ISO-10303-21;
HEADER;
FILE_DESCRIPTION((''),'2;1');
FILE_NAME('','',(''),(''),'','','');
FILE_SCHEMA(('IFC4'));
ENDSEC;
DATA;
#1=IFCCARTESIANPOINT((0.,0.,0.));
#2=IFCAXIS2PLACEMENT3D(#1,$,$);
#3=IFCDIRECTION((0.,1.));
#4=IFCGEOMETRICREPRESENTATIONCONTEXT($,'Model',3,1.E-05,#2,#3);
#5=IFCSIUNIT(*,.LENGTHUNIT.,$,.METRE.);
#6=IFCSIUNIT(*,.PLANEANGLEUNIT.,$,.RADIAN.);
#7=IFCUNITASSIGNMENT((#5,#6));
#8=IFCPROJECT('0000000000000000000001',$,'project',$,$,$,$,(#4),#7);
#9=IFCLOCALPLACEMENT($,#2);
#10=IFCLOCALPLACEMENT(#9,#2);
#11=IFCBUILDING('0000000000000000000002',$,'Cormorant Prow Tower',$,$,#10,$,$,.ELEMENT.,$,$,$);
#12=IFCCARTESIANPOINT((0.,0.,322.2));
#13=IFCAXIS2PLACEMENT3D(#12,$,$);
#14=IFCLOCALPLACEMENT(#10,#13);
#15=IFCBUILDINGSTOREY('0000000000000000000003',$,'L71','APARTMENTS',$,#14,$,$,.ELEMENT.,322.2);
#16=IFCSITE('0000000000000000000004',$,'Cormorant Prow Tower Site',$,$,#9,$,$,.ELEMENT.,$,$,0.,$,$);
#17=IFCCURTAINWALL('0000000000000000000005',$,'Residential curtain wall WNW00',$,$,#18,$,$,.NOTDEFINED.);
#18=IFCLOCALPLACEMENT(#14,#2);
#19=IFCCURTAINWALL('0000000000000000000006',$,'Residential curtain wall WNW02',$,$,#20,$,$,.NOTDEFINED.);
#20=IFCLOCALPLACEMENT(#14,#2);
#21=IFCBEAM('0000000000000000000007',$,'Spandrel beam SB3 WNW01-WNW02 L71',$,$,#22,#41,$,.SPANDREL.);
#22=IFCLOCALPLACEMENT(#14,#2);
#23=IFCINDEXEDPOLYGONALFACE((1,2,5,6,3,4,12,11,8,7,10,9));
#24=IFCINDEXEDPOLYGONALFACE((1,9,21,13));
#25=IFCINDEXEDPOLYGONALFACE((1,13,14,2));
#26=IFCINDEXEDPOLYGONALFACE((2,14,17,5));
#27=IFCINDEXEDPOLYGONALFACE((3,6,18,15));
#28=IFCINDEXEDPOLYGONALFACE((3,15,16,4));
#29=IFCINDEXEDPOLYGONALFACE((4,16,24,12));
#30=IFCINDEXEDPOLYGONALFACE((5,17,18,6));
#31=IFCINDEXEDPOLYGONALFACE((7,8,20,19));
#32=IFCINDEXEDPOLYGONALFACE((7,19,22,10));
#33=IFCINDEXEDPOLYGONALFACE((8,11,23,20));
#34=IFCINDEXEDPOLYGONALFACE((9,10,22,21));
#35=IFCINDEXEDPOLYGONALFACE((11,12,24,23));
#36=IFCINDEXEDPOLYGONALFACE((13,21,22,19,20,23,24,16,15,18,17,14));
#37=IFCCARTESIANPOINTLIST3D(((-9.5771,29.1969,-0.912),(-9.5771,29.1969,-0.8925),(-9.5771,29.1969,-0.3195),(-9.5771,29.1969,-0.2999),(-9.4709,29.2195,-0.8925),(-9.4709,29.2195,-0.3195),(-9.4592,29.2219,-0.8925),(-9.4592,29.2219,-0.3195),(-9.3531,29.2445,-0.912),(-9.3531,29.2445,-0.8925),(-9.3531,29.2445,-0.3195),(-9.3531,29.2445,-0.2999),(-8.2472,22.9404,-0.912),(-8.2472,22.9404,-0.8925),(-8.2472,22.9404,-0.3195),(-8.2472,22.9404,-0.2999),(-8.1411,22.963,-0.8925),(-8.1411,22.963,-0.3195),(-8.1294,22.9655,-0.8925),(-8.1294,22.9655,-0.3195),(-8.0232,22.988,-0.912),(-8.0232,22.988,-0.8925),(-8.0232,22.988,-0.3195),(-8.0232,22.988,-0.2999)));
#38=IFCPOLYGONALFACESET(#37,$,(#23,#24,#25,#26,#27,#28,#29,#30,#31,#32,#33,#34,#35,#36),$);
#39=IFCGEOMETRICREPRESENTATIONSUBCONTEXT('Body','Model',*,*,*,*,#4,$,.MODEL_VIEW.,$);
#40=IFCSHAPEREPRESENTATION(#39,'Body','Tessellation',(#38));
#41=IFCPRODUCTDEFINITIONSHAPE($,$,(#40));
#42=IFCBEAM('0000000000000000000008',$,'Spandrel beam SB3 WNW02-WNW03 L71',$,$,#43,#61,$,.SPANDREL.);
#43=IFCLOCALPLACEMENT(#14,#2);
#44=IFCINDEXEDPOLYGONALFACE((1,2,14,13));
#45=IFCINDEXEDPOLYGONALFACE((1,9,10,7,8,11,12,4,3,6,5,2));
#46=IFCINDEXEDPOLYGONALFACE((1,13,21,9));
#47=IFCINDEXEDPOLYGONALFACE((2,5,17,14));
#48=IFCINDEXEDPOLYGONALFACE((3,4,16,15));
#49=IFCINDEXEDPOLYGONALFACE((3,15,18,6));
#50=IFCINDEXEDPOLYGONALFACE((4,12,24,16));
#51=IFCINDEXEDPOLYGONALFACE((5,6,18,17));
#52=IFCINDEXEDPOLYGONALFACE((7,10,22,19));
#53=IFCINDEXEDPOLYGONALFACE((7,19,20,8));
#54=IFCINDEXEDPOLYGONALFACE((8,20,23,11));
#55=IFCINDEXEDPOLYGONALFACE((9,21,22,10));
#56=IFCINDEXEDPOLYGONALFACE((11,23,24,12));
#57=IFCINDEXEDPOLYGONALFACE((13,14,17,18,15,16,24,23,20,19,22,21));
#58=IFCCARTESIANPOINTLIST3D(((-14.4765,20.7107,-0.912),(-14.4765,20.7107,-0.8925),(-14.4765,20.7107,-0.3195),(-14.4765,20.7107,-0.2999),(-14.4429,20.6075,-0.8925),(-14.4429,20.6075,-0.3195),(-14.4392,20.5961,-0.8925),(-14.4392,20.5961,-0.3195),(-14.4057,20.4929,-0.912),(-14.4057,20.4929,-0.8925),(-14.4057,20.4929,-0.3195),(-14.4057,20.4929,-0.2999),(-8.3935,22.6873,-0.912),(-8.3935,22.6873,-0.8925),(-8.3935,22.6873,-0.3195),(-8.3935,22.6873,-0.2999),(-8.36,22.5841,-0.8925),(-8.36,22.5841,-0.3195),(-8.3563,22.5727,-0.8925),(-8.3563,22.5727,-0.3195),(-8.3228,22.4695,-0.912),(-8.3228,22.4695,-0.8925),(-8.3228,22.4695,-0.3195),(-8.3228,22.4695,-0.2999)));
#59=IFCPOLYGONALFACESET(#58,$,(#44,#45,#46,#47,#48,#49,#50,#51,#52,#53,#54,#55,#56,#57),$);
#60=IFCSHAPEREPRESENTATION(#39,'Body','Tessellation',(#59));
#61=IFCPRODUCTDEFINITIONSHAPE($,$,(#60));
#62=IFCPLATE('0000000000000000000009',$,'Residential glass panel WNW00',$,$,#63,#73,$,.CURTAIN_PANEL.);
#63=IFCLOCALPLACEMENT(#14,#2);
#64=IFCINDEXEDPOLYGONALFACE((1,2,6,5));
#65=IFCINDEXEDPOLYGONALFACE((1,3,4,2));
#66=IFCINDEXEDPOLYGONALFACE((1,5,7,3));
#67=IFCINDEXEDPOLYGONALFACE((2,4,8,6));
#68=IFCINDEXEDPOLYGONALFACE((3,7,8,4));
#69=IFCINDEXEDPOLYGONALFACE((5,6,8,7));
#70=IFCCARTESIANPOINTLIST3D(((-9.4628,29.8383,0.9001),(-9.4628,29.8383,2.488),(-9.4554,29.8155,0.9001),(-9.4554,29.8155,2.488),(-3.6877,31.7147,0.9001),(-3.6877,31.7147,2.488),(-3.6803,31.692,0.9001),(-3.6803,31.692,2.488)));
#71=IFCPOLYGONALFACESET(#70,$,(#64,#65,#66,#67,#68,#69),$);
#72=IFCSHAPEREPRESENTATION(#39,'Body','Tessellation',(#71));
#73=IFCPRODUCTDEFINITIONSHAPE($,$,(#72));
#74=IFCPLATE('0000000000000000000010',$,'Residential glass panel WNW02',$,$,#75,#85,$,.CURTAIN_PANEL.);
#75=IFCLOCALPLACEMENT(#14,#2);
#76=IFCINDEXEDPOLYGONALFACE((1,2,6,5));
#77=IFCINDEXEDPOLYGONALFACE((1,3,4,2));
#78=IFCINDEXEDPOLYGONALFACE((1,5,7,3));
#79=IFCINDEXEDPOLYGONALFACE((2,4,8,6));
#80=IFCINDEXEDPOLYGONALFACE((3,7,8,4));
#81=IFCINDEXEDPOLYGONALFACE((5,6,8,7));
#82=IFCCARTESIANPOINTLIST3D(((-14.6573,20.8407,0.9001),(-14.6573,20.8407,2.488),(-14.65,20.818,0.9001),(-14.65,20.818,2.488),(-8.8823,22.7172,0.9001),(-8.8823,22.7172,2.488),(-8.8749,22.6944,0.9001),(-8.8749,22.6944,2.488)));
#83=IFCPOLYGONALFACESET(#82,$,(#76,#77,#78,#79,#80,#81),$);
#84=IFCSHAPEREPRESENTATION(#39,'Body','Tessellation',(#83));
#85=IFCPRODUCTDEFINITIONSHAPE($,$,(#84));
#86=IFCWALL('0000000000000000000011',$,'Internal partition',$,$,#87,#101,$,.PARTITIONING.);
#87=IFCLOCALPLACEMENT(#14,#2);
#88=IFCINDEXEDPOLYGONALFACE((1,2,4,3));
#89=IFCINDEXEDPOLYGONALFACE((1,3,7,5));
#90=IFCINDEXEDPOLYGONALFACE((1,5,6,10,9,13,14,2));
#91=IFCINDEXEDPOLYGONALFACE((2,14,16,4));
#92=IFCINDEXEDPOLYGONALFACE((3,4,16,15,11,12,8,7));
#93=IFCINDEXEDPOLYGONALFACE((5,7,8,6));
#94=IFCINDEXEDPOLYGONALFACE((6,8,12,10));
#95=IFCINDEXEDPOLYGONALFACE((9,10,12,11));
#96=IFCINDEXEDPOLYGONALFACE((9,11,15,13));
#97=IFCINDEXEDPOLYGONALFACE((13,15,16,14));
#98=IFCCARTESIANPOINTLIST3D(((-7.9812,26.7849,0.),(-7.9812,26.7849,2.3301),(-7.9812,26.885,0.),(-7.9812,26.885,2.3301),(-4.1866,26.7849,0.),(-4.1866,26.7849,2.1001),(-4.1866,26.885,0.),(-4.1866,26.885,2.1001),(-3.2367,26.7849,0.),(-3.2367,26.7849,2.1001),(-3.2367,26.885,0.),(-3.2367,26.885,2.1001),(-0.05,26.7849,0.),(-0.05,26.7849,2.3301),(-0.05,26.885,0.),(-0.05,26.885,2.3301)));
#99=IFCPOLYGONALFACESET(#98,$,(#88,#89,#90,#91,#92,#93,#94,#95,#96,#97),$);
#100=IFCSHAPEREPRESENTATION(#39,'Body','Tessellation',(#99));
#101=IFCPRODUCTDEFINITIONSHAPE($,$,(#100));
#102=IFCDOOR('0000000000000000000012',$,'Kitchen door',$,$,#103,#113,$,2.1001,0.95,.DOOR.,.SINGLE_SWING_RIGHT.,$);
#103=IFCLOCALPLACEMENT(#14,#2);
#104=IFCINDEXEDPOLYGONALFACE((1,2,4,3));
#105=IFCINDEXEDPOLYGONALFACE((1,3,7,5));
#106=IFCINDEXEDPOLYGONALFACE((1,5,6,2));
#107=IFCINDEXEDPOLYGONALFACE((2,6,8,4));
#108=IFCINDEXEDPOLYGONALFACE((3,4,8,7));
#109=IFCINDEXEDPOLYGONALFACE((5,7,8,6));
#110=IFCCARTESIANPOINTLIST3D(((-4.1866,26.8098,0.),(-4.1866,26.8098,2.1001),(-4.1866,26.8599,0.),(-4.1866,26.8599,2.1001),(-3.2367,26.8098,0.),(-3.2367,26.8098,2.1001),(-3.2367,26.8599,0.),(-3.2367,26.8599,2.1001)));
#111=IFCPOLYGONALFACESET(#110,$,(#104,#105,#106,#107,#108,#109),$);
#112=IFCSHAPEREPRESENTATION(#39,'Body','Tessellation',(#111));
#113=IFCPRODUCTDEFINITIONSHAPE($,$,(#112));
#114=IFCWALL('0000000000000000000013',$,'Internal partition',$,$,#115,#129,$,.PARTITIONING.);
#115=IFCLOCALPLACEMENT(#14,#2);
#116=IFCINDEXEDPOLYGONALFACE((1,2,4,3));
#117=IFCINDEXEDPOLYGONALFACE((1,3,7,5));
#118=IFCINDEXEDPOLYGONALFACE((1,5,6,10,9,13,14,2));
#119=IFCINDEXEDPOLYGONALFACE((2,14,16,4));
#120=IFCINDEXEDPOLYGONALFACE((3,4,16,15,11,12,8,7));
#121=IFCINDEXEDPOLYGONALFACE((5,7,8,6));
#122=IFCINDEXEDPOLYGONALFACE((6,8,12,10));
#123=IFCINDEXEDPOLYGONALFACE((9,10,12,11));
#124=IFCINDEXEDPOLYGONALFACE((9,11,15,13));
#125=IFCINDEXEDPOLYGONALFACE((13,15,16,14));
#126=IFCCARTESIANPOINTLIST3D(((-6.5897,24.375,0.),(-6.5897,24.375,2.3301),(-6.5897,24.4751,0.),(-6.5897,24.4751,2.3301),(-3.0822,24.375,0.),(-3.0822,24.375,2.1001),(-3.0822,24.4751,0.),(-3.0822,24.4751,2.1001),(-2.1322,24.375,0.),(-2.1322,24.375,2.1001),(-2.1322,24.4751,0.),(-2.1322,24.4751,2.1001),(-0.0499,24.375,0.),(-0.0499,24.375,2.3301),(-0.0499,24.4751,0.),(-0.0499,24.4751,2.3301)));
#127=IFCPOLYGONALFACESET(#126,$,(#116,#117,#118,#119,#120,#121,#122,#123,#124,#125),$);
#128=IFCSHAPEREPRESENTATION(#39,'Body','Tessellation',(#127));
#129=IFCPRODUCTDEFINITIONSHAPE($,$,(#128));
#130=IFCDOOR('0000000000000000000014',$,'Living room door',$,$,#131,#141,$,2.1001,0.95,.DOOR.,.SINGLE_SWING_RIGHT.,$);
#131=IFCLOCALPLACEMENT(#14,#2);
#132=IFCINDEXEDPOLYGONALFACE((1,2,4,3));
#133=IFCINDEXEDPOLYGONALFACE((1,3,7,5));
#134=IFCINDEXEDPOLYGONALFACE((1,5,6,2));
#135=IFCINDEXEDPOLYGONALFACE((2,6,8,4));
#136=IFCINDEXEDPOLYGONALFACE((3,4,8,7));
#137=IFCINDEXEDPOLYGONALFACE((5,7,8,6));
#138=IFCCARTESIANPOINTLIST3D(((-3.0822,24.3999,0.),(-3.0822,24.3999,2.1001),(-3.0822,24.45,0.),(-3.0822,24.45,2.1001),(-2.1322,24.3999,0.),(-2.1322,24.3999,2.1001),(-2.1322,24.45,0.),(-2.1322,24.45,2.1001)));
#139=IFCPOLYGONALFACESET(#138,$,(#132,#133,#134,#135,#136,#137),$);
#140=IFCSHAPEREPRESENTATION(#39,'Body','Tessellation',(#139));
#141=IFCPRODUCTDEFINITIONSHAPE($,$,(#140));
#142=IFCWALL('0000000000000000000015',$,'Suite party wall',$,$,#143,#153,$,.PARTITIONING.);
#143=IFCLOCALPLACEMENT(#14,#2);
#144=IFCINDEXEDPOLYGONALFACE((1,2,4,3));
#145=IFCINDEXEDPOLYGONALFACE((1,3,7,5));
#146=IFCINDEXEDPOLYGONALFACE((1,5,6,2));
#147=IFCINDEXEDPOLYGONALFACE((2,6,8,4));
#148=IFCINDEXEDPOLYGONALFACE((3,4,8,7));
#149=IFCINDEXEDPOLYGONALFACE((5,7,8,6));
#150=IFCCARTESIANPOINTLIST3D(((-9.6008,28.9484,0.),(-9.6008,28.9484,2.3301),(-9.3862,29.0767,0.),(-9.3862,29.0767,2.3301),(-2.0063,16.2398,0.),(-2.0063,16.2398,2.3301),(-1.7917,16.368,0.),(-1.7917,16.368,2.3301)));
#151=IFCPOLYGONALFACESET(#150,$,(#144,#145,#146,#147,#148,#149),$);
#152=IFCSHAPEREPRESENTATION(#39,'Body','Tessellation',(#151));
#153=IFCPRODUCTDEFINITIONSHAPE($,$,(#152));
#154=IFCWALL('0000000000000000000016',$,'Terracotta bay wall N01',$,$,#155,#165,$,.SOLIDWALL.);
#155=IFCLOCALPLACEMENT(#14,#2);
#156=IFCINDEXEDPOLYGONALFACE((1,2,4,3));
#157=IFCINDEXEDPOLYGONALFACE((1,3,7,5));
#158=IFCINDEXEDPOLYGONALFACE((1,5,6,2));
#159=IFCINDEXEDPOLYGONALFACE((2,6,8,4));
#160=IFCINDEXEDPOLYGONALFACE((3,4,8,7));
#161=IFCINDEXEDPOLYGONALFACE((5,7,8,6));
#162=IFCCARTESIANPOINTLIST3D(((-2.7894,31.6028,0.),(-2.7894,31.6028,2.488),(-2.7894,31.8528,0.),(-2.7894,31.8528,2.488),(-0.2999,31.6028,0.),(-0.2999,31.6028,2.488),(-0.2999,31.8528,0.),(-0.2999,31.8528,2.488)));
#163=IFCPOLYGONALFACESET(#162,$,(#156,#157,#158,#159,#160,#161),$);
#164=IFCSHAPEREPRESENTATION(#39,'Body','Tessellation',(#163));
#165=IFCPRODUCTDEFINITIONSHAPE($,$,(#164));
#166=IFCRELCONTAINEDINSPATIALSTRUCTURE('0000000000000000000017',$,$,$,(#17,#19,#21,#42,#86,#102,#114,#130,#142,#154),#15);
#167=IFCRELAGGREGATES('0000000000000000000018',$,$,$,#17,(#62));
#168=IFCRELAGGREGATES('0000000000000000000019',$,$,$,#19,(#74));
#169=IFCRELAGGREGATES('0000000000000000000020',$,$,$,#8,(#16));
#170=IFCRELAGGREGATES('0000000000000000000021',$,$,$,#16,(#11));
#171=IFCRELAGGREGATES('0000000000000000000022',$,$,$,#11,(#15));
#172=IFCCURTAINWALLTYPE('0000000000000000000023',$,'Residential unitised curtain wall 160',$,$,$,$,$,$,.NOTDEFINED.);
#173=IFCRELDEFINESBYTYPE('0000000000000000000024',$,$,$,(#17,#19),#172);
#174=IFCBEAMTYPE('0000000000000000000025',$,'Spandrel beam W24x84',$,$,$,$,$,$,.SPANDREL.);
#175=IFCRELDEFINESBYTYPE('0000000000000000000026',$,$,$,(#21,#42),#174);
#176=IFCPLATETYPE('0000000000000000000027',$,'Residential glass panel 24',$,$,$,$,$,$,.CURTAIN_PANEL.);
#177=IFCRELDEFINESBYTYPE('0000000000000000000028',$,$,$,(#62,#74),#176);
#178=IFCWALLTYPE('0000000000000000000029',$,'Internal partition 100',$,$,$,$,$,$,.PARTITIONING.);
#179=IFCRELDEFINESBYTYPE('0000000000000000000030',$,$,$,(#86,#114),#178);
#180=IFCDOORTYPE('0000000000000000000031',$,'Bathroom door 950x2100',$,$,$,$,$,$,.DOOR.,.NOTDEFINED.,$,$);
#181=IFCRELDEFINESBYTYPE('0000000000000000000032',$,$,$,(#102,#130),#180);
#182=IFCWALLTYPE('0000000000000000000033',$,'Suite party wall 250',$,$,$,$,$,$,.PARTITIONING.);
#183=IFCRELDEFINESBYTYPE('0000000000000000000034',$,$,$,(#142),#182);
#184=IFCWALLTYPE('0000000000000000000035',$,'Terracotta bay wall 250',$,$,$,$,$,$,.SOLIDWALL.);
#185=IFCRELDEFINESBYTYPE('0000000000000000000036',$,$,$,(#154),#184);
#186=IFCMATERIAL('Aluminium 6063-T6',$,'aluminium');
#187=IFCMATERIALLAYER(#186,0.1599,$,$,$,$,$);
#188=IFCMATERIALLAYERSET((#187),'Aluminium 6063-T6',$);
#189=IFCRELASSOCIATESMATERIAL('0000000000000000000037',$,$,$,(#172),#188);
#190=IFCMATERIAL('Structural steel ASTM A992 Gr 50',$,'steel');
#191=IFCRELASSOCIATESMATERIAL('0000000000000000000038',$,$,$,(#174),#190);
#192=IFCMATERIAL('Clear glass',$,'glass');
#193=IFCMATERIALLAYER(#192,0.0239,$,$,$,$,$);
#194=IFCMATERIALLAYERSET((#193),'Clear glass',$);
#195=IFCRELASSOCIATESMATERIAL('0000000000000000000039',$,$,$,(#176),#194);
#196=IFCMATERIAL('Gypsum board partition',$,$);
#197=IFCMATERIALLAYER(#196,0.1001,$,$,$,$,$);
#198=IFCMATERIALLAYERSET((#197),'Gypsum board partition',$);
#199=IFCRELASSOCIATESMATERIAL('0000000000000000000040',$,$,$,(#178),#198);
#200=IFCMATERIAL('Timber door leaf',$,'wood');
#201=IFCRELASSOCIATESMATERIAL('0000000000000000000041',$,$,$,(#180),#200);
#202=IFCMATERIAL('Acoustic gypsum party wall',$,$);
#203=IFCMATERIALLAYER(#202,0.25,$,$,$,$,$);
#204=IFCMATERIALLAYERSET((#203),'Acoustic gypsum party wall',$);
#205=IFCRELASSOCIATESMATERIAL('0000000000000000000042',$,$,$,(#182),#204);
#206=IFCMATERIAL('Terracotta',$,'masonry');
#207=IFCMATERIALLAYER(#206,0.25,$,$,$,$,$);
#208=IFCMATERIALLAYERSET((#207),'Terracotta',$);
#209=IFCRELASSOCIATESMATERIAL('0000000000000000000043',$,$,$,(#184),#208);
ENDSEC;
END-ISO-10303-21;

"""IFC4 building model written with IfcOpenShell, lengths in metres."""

from ifc_helpers import new_model, si_unit, direction, frame, frame_2d, origin, origin_2d, place, context, subcontext, project, spatial, rectangle, i_section, extrude, material, layer, layer_set, material_profile, profile_set, type_object, element, fill, aggregate, save


model = new_model("IFC4")

# Units and contexts
model_context = context("Model", 3, precision=1e-05, world=origin(), true_north=direction((0.0, 1.0)))
body_context = subcontext(model_context, "Body", "Model", "MODEL_VIEW")
ifc_project = project(units=[si_unit("LENGTHUNIT", "METRE"), si_unit("PLANEANGLEUNIT", "RADIAN")], contexts=[model_context])

# Site, building, storey
site_placement = place(None, origin())
site = spatial("IfcSite", under=ifc_project, at=site_placement, Name="Cormorant Prow Tower Site", CompositionType="ELEMENT", RefElevation=0.0)
building_placement = place(site_placement, origin())
building = spatial("IfcBuilding", under=site, at=building_placement, Name="Cormorant Prow Tower", CompositionType="ELEMENT")
storey_placement = place(building_placement, frame((0.0, 0.0, 322.2)))
storey = spatial("IfcBuildingStorey", under=building, at=storey_placement, Name="L71", Description="APARTMENTS", CompositionType="ELEMENT", Elevation=322.2)

# Curtain walls
ifc_material_1 = material(Name="Aluminium 6063-T6", Category="aluminium")
ifc_layer_1 = layer(ifc_material_1, 0.1599)
ifc_layer_set_1 = layer_set([ifc_layer_1], Name="Aluminium 6063-T6")
curtain_wall_type = type_object("IfcCurtainWallType", Name="Residential unitised curtain wall 160", PredefinedType="NOTDEFINED", material=ifc_layer_set_1)
curtain_wall_1_placement = place(storey_placement, origin())
curtain_wall_1 = element("IfcCurtainWall", 1, at=curtain_wall_1_placement, inside=storey, type_object=curtain_wall_type, Name="Residential curtain wall WNW00", PredefinedType="NOTDEFINED")
curtain_wall_2_placement = place(storey_placement, origin())
curtain_wall_2 = element("IfcCurtainWall", 2, at=curtain_wall_2_placement, inside=storey, type_object=curtain_wall_type, Name="Residential curtain wall WNW02", PredefinedType="NOTDEFINED")

# Beams
ifc_material_2 = material(Name="Structural steel ASTM A992 Gr 50", Category="steel")
ifc_material_profile_1 = material_profile(ifc_material_2, i_section(OverallWidth=0.229, OverallDepth=0.6121, WebThickness=0.012, FlangeThickness=0.0195, at=origin_2d()), Name="W24x84")
ifc_profile_set_1 = profile_set([ifc_material_profile_1], Name="Structural steel ASTM A992 Gr 50")
beam_type = type_object("IfcBeamType", Name="Spandrel beam W24x84", PredefinedType="SPANDREL", material=ifc_profile_set_1)
beam_1_placement = place(storey_placement, frame((-9.4651, 29.2207, -0.606), z_axis=(0.207913, -0.978147, 0.0), x_axis=(0.978147, 0.207913, 0.0)))
element("IfcBeam", 3, at=beam_1_placement, inside=storey, type_object=beam_type, Name="Spandrel beam SB3 WNW01-WNW02 L71", PredefinedType="SPANDREL", context=body_context, shape_type="SweptSolid", body=[
    extrude(i_section(OverallWidth=0.229, OverallDepth=0.6121, WebThickness=0.012, FlangeThickness=0.0195, at=origin_2d()), origin(), (0.0, 0.0, 1.0), 6.3962),
])
beam_2_placement = place(storey_placement, frame((-8.3582, 22.5784, -0.606), z_axis=(-0.951053, -0.309027, 0.0), x_axis=(0.309027, -0.951053, 0.0)))
element("IfcBeam", 4, at=beam_2_placement, inside=storey, type_object=beam_type, Name="Spandrel beam SB3 WNW02-WNW03 L71", PredefinedType="SPANDREL", context=body_context, shape_type="SweptSolid", body=[
    extrude(i_section(OverallWidth=0.229, OverallDepth=0.6121, WebThickness=0.012, FlangeThickness=0.0195, at=origin_2d()), origin(), (0.0, 0.0, 1.0), 6.396),
])

# Plates
ifc_material_3 = material(Name="Clear glass", Category="glass")
ifc_layer_2 = layer(ifc_material_3, 0.0239)
ifc_layer_set_2 = layer_set([ifc_layer_2], Name="Clear glass")
plate_type = type_object("IfcPlateType", Name="Residential glass panel 24", PredefinedType="CURTAIN_PANEL", material=ifc_layer_set_2)
plate_1_placement = place(storey_placement, frame((-6.5715, 30.7651, 0.9001), z_axis=(0.0, 0.0, 1.0), x_axis=(-0.951057, -0.309017, 0.0)))
plate_1 = element("IfcPlate", 5, at=plate_1_placement, type_object=plate_type, Name="Residential glass panel WNW00", PredefinedType="CURTAIN_PANEL", context=body_context, shape_type="SweptSolid", body=[
    extrude(rectangle(XDim=6.0723, YDim=0.0239, at=origin_2d()), origin(), (0.0, 0.0, 1.0), 1.5879),
])
aggregate(curtain_wall_1, [plate_1])
plate_2_placement = place(storey_placement, frame((-11.7661, 21.7676, 0.9001), z_axis=(0.0, 0.0, 1.0), x_axis=(-0.951057, -0.309017, 0.0)))
plate_2 = element("IfcPlate", 6, at=plate_2_placement, type_object=plate_type, Name="Residential glass panel WNW02", PredefinedType="CURTAIN_PANEL", context=body_context, shape_type="SweptSolid", body=[
    extrude(rectangle(XDim=6.0723, YDim=0.0239, at=origin_2d()), origin(), (0.0, 0.0, 1.0), 1.5879),
])
aggregate(curtain_wall_2, [plate_2])

# Walls, openings, doors
ifc_material_4 = material(Name="Gypsum board partition")
ifc_layer_3 = layer(ifc_material_4, 0.1001)
ifc_layer_set_3 = layer_set([ifc_layer_3], Name="Gypsum board partition")
wall_type_1 = type_object("IfcWallType", Name="Internal partition 100", PredefinedType="PARTITIONING", material=ifc_layer_set_3)
wall_1_placement = place(storey_placement, frame((-7.9812, 26.835, 0.0), z_axis=(0.0, 0.0, 1.0), x_axis=(1.0, 0.0, 0.0)))
wall_1 = element("IfcWall", 7, at=wall_1_placement, inside=storey, type_object=wall_type_1, Name="Internal partition", PredefinedType="PARTITIONING", context=body_context, shape_type="SweptSolid", body=[
    extrude(rectangle(XDim=7.9312, YDim=0.1001, at=frame_2d((3.9656, 0.0))), origin(), (0.0, 0.0, 1.0), 2.3301),
])
opening_1_placement = place(wall_1_placement, frame((3.7944, 0.0, 0.0)))
opening_1 = element("IfcOpeningElement", 8, at=opening_1_placement, cuts=wall_1, PredefinedType="OPENING", context=body_context, shape_type="SweptSolid", body=[
    extrude(rectangle(XDim=0.95, YDim=2.1001, at=frame_2d((0.4751, 1.05))), frame((0.0, 0.0601, 0.0), z_axis=(0.0, -1.0, 0.0), x_axis=(1.0, 0.0, 0.0)), (0.0, 0.0, 1.0), 0.1201),
])
ifc_material_5 = material(Name="Timber door leaf", Category="wood")
door_type_1 = type_object("IfcDoorType", Name="Bathroom door 950x2100", OperationType="NOTDEFINED", PredefinedType="DOOR", material=ifc_material_5)
door_1_placement = place(opening_1_placement, origin())
door_1 = element("IfcDoor", 9, at=door_1_placement, inside=storey, type_object=door_type_1, Name="Kitchen door", OperationType="SINGLE_SWING_RIGHT", OverallHeight=2.1001, OverallWidth=0.95, PredefinedType="DOOR", context=body_context, shape_type="SweptSolid", body=[
    extrude(rectangle(XDim=0.95, YDim=2.1001, at=frame_2d((0.4751, 1.05))), frame((0.0, 0.0249, 0.0), z_axis=(0.0, -1.0, 0.0), x_axis=(1.0, 0.0, 0.0)), (0.0, 0.0, 1.0), 0.05),
])
fill(opening_1, door_1)
wall_2_placement = place(storey_placement, frame((-6.5898, 24.425, 0.0), z_axis=(0.0, 0.0, 1.0), x_axis=(1.0, 0.0, 0.0)))
wall_2 = element("IfcWall", 10, at=wall_2_placement, inside=storey, type_object=wall_type_1, Name="Internal partition", PredefinedType="PARTITIONING", context=body_context, shape_type="SweptSolid", body=[
    extrude(rectangle(XDim=6.5398, YDim=0.1001, at=frame_2d((3.27, 0.0))), origin(), (0.0, 0.0, 1.0), 2.3301),
])
opening_2_placement = place(wall_2_placement, frame((3.5076, 0.0, 0.0)))
opening_2 = element("IfcOpeningElement", 11, at=opening_2_placement, cuts=wall_2, PredefinedType="OPENING", context=body_context, shape_type="SweptSolid", body=[
    extrude(rectangle(XDim=0.95, YDim=2.1001, at=frame_2d((0.4751, 1.05))), frame((0.0, 0.0601, 0.0), z_axis=(0.0, -1.0, 0.0), x_axis=(1.0, 0.0, 0.0)), (0.0, 0.0, 1.0), 0.1201),
])
door_2_placement = place(opening_2_placement, origin())
door_2 = element("IfcDoor", 12, at=door_2_placement, inside=storey, type_object=door_type_1, Name="Living room door", OperationType="SINGLE_SWING_RIGHT", OverallHeight=2.1001, OverallWidth=0.95, PredefinedType="DOOR", context=body_context, shape_type="SweptSolid", body=[
    extrude(rectangle(XDim=0.95, YDim=2.1001, at=frame_2d((0.4751, 1.05))), frame((0.0, 0.0249, 0.0), z_axis=(0.0, -1.0, 0.0), x_axis=(1.0, 0.0, 0.0)), (0.0, 0.0, 1.0), 0.05),
])
fill(opening_2, door_2)

# Walls
ifc_material_6 = material(Name="Acoustic gypsum party wall")
ifc_layer_4 = layer(ifc_material_6, 0.25)
ifc_layer_set_4 = layer_set([ifc_layer_4], Name="Acoustic gypsum party wall")
wall_type_2 = type_object("IfcWallType", Name="Suite party wall 250", PredefinedType="PARTITIONING", material=ifc_layer_set_4)
wall_3_placement = place(storey_placement, frame((-9.4934, 29.0125, 0.0), z_axis=(0.0, 0.0, 1.0), x_axis=(0.512967, -0.858408, 0.0)))
element("IfcWall", 13, at=wall_3_placement, inside=storey, type_object=wall_type_2, Name="Suite party wall", PredefinedType="PARTITIONING", context=body_context, shape_type="SweptSolid", body=[
    extrude(rectangle(XDim=14.8049, YDim=0.25, at=frame_2d((7.4023, 0.0))), origin(), (0.0, 0.0, 1.0), 2.3301),
])
ifc_material_7 = material(Name="Terracotta", Category="masonry")
ifc_layer_5 = layer(ifc_material_7, 0.25)
ifc_layer_set_5 = layer_set([ifc_layer_5], Name="Terracotta")
wall_type_3 = type_object("IfcWallType", Name="Terracotta bay wall 250", PredefinedType="SOLIDWALL", material=ifc_layer_set_5)
wall_4_placement = place(storey_placement, frame((-0.3, 31.7278, 0.0), z_axis=(0.0, 0.0, 1.0), x_axis=(-1.0, 0.0, 0.0)))
element("IfcWall", 14, at=wall_4_placement, inside=storey, type_object=wall_type_3, Name="Terracotta bay wall N01", PredefinedType="SOLIDWALL", context=body_context, shape_type="SweptSolid", body=[
    extrude(rectangle(XDim=2.4895, YDim=0.25, at=frame_2d((1.2446, 0.0))), origin(), (0.0, 0.0, 1.0), 2.488),
])

save(model, "model.ifc")
